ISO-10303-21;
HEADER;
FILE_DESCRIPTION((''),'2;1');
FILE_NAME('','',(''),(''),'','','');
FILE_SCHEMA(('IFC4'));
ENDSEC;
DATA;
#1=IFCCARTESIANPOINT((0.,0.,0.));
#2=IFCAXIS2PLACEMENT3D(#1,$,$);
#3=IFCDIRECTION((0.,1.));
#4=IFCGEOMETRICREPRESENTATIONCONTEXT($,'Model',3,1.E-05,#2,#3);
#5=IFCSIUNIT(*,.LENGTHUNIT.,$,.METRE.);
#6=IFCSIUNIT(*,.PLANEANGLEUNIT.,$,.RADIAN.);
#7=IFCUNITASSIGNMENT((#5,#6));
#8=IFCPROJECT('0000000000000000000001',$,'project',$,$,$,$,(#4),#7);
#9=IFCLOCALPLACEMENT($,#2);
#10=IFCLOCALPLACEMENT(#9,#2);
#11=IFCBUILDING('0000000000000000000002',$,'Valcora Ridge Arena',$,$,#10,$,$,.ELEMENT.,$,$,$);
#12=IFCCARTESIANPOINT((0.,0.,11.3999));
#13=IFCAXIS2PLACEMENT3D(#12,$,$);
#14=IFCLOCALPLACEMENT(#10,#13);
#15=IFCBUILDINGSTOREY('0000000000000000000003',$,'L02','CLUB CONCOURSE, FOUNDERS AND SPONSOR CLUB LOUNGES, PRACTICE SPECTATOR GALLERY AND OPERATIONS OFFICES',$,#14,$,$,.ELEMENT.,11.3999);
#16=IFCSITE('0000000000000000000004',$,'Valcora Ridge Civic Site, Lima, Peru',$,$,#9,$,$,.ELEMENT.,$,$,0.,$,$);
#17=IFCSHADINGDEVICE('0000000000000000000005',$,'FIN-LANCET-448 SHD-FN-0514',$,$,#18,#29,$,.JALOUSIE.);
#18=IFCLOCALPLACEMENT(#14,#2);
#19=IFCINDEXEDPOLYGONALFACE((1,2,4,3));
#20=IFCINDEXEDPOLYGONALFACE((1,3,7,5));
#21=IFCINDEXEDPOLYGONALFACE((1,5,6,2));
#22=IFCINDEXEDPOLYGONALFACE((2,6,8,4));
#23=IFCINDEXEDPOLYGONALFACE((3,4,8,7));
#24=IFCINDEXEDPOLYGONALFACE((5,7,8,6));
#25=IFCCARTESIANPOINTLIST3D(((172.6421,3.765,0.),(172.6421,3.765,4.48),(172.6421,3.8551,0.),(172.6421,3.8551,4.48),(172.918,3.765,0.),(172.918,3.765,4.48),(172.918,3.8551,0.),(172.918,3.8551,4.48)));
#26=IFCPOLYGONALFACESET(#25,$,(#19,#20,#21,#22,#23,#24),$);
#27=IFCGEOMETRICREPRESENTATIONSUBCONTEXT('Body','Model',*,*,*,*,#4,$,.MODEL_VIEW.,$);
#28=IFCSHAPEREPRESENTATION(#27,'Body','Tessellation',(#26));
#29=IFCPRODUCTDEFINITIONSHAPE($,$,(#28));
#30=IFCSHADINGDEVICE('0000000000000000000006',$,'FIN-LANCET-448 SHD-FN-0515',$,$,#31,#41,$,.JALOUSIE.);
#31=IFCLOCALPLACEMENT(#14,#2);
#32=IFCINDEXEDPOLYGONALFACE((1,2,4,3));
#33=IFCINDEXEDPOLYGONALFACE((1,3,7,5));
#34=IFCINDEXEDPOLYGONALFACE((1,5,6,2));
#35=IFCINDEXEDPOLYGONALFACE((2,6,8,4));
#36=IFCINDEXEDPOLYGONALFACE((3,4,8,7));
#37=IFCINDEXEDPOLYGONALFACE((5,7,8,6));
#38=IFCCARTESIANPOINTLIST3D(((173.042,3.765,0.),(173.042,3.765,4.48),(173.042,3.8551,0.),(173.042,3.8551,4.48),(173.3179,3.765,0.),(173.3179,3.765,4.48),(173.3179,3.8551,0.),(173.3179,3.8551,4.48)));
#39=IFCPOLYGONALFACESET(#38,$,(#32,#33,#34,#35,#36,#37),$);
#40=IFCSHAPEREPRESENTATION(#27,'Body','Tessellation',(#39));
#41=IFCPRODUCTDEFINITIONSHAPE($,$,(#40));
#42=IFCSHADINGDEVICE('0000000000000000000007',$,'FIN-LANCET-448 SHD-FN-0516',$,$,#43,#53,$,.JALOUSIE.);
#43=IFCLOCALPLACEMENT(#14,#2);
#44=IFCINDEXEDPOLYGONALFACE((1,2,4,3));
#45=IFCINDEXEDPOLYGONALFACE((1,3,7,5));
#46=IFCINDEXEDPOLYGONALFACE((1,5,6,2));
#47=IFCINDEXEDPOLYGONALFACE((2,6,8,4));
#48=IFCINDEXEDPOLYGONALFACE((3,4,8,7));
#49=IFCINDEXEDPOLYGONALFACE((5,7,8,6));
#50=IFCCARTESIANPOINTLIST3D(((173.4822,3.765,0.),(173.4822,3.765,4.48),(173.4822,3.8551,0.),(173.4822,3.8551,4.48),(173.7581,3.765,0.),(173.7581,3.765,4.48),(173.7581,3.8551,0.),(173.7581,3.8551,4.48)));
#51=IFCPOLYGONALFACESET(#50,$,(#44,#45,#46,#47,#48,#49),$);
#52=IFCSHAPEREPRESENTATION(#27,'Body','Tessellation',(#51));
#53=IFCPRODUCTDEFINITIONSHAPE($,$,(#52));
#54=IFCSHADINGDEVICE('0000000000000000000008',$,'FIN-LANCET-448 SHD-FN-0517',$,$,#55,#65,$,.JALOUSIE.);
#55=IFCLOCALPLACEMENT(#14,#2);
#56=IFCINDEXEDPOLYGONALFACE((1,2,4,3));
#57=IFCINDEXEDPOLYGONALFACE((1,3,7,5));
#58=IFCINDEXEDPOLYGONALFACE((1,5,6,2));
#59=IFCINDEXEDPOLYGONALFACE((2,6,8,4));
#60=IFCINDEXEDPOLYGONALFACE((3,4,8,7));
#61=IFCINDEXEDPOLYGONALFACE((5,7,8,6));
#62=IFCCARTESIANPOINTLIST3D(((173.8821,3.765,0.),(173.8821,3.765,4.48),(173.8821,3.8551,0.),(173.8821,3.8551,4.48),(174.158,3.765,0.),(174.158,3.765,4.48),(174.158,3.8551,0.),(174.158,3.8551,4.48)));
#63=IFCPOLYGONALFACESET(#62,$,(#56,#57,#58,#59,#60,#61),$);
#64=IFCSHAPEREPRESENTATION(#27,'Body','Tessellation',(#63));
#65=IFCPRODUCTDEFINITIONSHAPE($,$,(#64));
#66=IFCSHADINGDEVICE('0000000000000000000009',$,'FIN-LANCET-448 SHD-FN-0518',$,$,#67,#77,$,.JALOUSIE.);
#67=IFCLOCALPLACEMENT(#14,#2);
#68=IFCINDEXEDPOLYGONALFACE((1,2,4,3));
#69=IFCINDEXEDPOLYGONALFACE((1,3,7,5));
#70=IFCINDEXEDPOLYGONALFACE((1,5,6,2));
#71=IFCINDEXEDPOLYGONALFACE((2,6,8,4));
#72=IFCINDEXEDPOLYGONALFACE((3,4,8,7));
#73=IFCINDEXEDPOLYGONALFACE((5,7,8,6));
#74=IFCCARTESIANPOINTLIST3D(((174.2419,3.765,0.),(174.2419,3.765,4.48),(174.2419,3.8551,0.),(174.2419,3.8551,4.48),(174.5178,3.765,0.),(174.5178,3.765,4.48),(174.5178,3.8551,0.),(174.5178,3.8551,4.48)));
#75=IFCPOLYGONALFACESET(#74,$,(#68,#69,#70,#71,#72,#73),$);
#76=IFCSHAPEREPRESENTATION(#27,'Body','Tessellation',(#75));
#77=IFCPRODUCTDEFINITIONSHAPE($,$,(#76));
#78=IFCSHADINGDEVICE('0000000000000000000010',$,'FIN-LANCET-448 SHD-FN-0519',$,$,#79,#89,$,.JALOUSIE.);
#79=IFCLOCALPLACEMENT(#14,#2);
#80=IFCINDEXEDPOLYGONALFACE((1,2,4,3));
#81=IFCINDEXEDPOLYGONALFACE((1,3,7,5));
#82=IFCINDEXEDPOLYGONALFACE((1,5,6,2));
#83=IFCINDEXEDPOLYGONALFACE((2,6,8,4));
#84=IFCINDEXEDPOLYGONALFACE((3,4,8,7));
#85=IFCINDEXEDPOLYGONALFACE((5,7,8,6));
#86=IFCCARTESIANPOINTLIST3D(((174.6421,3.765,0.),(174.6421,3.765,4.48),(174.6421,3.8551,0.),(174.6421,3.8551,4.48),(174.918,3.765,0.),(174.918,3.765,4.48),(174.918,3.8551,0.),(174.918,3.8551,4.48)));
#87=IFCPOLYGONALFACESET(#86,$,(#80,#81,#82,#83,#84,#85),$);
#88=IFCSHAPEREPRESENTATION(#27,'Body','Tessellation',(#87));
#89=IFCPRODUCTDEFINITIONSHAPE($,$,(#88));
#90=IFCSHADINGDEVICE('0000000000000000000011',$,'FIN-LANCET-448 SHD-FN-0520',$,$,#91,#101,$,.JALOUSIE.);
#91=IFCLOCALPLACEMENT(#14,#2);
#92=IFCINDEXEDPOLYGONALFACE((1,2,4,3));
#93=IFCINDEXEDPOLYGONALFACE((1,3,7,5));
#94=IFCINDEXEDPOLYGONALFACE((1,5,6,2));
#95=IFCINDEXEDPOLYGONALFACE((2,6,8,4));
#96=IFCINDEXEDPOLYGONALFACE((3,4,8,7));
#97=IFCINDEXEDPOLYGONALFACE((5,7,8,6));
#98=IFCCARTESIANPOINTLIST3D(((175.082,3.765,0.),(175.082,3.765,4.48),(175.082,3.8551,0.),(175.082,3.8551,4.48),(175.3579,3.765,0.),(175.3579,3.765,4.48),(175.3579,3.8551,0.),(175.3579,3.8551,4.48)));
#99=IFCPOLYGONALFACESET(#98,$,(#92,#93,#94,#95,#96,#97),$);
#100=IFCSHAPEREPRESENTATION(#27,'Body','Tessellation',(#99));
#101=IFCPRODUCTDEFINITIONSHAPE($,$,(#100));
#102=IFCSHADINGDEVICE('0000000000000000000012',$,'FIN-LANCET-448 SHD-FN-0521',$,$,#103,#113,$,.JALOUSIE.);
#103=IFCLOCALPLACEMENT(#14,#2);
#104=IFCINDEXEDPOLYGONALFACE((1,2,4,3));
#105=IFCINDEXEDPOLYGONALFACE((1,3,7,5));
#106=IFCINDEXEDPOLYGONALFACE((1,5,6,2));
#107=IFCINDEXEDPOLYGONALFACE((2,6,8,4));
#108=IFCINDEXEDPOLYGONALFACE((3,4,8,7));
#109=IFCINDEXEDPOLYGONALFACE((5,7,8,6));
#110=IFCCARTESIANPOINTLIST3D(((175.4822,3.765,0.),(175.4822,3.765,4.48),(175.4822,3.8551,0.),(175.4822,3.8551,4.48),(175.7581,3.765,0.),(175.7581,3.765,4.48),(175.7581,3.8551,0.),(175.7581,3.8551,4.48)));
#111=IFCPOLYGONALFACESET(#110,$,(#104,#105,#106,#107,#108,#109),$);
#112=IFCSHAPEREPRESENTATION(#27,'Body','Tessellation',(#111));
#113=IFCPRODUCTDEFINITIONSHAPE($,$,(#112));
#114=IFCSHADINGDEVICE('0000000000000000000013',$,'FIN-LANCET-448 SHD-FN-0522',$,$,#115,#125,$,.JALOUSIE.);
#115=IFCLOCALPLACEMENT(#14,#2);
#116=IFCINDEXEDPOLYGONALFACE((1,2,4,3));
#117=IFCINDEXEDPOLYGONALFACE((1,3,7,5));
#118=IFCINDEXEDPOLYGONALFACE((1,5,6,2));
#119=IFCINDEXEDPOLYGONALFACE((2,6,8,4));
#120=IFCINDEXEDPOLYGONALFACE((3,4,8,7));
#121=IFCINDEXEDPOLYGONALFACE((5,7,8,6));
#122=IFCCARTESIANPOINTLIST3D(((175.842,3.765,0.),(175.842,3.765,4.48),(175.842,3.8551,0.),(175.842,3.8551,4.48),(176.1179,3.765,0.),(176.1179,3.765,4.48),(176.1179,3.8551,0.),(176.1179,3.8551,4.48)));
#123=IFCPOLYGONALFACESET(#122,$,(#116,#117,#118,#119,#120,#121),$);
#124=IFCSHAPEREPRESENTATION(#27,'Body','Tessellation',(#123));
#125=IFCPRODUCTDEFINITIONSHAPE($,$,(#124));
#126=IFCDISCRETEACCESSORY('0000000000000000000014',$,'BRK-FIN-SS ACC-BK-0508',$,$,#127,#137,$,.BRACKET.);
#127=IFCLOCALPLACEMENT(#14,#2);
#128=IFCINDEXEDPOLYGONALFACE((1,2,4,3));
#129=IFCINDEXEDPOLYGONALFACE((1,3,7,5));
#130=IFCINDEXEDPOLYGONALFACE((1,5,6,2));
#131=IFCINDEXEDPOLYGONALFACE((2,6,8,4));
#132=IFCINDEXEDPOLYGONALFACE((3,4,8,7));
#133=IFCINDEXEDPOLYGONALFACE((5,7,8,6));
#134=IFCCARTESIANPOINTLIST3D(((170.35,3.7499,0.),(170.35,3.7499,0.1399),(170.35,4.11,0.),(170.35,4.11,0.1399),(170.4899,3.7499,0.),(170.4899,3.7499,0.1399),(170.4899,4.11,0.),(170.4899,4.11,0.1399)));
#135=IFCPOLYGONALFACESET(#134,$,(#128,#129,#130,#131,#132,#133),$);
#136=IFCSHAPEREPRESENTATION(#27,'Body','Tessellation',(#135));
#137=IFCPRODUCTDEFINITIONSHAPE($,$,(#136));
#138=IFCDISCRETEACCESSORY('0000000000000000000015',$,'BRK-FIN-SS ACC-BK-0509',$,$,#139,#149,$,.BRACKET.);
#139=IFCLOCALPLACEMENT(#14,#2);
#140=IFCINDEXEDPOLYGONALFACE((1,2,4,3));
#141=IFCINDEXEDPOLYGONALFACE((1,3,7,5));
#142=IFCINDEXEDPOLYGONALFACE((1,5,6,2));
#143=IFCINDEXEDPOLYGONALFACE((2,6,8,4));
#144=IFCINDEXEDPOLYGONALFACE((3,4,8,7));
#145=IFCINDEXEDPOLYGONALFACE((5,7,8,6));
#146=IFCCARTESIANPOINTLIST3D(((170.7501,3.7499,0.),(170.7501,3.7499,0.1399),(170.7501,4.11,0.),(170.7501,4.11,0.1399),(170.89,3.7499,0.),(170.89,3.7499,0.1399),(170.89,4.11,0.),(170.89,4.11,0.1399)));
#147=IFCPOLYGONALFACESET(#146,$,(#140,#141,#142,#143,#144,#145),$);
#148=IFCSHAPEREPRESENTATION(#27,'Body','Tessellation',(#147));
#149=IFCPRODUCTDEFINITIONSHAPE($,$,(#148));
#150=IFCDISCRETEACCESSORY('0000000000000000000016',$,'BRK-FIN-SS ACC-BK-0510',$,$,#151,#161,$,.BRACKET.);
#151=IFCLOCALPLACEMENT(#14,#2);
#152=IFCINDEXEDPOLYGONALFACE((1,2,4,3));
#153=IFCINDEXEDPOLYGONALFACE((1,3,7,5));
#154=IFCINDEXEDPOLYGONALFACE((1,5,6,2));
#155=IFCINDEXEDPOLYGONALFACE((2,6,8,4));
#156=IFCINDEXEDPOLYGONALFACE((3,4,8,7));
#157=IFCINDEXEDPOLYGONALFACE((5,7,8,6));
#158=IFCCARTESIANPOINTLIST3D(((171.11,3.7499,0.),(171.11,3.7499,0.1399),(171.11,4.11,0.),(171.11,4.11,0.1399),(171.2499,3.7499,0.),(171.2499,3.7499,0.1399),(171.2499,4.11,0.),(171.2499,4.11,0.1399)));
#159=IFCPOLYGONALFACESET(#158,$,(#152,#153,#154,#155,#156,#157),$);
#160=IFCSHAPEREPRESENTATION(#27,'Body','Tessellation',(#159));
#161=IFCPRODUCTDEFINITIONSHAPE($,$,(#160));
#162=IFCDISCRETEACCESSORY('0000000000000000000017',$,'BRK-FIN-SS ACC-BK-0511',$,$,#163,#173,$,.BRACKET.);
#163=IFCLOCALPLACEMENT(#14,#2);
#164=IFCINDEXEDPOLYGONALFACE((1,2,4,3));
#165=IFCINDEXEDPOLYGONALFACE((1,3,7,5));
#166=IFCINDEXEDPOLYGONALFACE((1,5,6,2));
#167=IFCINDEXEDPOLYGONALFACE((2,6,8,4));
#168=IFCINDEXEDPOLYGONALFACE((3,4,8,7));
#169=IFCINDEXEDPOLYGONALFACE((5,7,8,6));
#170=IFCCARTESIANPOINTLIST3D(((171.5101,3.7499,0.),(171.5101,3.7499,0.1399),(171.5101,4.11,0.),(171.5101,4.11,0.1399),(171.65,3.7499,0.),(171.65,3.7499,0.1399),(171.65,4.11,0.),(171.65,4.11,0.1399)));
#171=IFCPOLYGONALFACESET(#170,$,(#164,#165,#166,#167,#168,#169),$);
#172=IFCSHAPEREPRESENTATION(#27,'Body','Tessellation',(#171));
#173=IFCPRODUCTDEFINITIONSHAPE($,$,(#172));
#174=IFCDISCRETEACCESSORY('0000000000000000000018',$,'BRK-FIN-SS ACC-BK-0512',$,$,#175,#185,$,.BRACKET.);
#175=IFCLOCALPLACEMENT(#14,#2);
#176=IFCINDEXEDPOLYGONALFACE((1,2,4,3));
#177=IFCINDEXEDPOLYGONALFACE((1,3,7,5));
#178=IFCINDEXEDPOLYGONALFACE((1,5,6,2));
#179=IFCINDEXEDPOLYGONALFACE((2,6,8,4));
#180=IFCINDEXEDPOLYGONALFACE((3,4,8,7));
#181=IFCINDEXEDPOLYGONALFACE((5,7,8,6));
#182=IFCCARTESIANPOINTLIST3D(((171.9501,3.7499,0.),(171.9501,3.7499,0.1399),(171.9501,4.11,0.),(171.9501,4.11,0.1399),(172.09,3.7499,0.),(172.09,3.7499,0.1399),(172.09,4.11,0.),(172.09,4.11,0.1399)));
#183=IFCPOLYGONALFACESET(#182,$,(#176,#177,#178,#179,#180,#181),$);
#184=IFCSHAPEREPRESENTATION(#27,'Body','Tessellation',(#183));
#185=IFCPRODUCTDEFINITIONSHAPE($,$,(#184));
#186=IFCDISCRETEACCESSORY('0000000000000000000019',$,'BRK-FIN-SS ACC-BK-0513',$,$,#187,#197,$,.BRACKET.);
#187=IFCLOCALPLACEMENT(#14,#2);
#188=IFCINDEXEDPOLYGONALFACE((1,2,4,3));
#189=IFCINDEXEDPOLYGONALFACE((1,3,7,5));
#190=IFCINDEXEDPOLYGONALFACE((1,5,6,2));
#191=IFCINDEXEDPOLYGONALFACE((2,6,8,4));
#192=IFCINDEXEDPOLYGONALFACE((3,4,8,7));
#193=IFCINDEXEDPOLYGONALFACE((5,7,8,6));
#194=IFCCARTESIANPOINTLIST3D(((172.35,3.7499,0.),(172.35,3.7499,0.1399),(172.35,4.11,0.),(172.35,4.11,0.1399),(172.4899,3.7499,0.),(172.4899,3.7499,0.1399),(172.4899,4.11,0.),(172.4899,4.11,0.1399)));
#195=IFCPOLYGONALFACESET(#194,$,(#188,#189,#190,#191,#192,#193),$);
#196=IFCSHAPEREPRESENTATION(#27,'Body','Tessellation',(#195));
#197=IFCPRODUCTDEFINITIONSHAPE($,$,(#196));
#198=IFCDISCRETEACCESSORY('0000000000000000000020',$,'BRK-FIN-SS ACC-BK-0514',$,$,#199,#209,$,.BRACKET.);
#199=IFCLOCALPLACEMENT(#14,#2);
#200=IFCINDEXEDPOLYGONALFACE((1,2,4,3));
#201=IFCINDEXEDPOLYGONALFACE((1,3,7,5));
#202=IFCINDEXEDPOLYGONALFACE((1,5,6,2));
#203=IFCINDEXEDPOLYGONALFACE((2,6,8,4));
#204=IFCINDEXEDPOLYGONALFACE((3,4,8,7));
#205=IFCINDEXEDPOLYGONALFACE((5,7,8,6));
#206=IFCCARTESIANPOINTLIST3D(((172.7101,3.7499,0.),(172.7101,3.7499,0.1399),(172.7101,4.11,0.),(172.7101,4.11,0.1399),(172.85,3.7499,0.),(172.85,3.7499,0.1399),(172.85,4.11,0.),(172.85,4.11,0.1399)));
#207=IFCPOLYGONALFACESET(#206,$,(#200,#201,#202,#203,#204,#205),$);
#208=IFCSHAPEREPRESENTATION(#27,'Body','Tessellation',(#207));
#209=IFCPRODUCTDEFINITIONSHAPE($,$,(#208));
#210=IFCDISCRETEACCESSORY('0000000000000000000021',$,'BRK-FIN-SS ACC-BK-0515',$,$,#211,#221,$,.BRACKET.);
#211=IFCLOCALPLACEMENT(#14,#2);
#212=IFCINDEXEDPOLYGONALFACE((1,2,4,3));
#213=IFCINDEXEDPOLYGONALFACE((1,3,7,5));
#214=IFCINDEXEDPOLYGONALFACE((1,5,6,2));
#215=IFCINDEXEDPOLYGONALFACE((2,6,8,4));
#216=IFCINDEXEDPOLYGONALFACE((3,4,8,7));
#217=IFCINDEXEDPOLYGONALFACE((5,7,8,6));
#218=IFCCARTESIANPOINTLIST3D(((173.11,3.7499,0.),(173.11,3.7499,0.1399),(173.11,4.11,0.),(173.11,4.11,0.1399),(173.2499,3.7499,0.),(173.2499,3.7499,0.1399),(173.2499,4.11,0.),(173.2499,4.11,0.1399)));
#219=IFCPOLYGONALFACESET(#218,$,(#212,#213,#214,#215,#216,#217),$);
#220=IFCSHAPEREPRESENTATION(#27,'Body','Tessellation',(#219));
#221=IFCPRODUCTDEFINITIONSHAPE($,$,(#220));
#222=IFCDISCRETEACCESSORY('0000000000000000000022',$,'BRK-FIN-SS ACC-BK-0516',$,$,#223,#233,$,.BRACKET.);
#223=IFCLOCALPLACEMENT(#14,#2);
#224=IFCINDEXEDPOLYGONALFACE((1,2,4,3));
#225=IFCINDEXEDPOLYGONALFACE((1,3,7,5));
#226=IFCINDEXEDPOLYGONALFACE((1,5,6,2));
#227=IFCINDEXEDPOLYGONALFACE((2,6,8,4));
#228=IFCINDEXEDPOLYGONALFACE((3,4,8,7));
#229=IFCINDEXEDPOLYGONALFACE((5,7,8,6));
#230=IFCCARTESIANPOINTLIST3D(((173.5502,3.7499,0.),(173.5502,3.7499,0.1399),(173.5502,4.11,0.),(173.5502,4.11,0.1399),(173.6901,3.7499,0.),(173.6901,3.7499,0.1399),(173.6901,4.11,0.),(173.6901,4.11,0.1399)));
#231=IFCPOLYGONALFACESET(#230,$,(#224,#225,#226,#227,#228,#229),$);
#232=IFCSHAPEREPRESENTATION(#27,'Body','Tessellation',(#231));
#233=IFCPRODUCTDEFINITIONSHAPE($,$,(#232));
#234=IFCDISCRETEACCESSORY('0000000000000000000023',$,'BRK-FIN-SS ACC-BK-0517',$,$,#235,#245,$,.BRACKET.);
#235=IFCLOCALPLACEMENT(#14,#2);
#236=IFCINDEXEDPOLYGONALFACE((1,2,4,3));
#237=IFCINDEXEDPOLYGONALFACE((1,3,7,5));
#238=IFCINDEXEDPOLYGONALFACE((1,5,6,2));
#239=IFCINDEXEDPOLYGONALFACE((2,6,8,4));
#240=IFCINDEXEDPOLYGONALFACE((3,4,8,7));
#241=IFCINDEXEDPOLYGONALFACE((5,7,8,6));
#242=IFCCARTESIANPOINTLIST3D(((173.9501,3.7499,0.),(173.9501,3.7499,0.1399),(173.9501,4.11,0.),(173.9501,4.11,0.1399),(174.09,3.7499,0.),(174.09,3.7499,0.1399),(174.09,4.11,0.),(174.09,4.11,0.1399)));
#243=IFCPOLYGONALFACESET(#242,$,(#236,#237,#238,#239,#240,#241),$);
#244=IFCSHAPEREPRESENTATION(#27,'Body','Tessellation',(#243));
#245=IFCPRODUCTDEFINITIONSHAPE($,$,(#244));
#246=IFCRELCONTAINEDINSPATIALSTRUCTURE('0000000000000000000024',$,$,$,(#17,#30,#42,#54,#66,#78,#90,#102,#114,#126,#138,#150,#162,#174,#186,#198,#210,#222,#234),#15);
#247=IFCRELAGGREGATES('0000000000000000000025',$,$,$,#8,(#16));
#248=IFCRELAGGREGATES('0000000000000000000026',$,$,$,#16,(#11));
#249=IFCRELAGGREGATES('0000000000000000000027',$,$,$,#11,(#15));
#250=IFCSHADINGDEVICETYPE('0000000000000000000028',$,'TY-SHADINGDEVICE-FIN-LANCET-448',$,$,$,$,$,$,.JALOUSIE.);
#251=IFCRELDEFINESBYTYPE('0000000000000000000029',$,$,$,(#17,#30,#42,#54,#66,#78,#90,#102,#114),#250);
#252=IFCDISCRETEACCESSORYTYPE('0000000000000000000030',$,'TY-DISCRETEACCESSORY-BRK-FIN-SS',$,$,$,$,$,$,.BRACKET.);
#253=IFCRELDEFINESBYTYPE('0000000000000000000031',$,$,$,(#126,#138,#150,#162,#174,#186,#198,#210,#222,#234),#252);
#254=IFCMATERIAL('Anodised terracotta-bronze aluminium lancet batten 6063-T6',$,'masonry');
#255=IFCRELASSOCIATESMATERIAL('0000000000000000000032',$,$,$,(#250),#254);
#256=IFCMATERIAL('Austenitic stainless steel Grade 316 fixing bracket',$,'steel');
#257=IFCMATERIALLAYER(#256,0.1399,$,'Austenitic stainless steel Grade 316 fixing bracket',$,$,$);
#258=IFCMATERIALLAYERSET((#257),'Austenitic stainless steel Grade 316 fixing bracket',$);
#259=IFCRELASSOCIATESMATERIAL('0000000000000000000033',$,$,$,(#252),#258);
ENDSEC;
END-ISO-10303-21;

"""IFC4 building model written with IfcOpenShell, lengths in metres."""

from ifc_helpers import new_model, si_unit, direction, frame, origin, origin_2d, place, context, subcontext, project, spatial, rectangle, extrude, material, layer, layer_set, material_profile, profile_set, type_object, element, save


model = new_model("IFC4")

# Units and contexts
model_context = context("Model", 3, precision=1e-05, world=origin(), true_north=direction((0.0, 1.0)))
body_context = subcontext(model_context, "Body", "Model", "MODEL_VIEW")
ifc_project = project(units=[si_unit("LENGTHUNIT", "METRE"), si_unit("PLANEANGLEUNIT", "RADIAN")], contexts=[model_context])

# Site, building, storey
site_placement = place(None, origin())
site = spatial("IfcSite", under=ifc_project, at=site_placement, Name="Valcora Ridge Civic Site, Lima, Peru", CompositionType="ELEMENT", RefElevation=0.0)
building_placement = place(site_placement, origin())
building = spatial("IfcBuilding", under=site, at=building_placement, Name="Valcora Ridge Arena", CompositionType="ELEMENT")
storey_placement = place(building_placement, frame((0.0, 0.0, 11.3999)))
storey = spatial("IfcBuildingStorey", under=building, at=storey_placement, Name="L02", Description="CLUB CONCOURSE, FOUNDERS AND SPONSOR CLUB LOUNGES, PRACTICE SPECTATOR GALLERY AND OPERATIONS OFFICES", CompositionType="ELEMENT", Elevation=11.3999)

# Shading devices
ifc_material_1 = material(Name="Anodised terracotta-bronze aluminium lancet batten 6063-T6", Category="masonry")
ifc_material_profile_1 = material_profile(ifc_material_1, rectangle(XDim=0.0901, YDim=0.2759, at=origin_2d()), Name="ALU LANCET BATTEN 90x276")
ifc_profile_set_1 = profile_set([ifc_material_profile_1], Name="Anodised terracotta-bronze aluminium lancet batten 6063-T6")
shading_device_type = type_object("IfcShadingDeviceType", Name="TY-SHADINGDEVICE-FIN-LANCET-448", PredefinedType="JALOUSIE", material=ifc_profile_set_1)
for number, where, z_axis, x_axis, name in (
    (1, (172.78, 3.8101, 0.0), (0.0, 0.0, 1.0), (0.0, 1.0, 0.0), "FIN-LANCET-448 SHD-FN-0514"),
    (2, (173.1799, 3.8101, 0.0), (0.0, 0.0, 1.0), (0.0, 1.0, 0.0), "FIN-LANCET-448 SHD-FN-0515"),
    (3, (173.6201, 3.8101, 0.0), (0.0, 0.0, 1.0), (0.0, 1.0, 0.0), "FIN-LANCET-448 SHD-FN-0516"),
    (4, (174.02, 3.8101, 0.0), (0.0, 0.0, 1.0), (0.0, 1.0, 0.0), "FIN-LANCET-448 SHD-FN-0517"),
    (5, (174.3799, 3.8101, 0.0), (0.0, 0.0, 1.0), (0.0, 1.0, 0.0), "FIN-LANCET-448 SHD-FN-0518"),
    (6, (174.78, 3.8101, 0.0), (0.0, 0.0, 1.0), (0.0, 1.0, 0.0), "FIN-LANCET-448 SHD-FN-0519"),
    (7, (175.22, 3.8101, 0.0), (0.0, 0.0, 1.0), (0.0, 1.0, 0.0), "FIN-LANCET-448 SHD-FN-0520"),
    (8, (175.6201, 3.8101, 0.0), (0.0, 0.0, 1.0), (0.0, 1.0, 0.0), "FIN-LANCET-448 SHD-FN-0521"),
    (9, (175.98, 3.8101, 0.0), (0.0, 0.0, 1.0), (0.0, 1.0, 0.0), "FIN-LANCET-448 SHD-FN-0522"),
):
    element("IfcShadingDevice", number, at=place(storey_placement, frame(where, z_axis=z_axis, x_axis=x_axis)), inside=storey, type_object=shading_device_type, Name=name, PredefinedType="JALOUSIE", context=body_context, shape_type="SweptSolid", body=[
        extrude(rectangle(XDim=0.0901, YDim=0.2759, at=origin_2d()), origin(), (0.0, 0.0, 1.0), 4.48),
    ])

# Discrete accessories
ifc_material_2 = material(Name="Austenitic stainless steel Grade 316 fixing bracket", Category="steel")
ifc_layer_1 = layer(ifc_material_2, 0.1399, Name="Austenitic stainless steel Grade 316 fixing bracket")
ifc_layer_set_1 = layer_set([ifc_layer_1], Name="Austenitic stainless steel Grade 316 fixing bracket")
discrete_accessory_type = type_object("IfcDiscreteAccessoryType", Name="TY-DISCRETEACCESSORY-BRK-FIN-SS", PredefinedType="BRACKET", material=ifc_layer_set_1)
for number, where, z_axis, x_axis, name in (
    (10, (170.4199, 3.9299, 0.0), (0.0, 0.0, 1.0), (0.0, 1.0, 0.0), "BRK-FIN-SS ACC-BK-0508"),
    (11, (170.8201, 3.9299, 0.0), (0.0, 0.0, 1.0), (0.0, 1.0, 0.0), "BRK-FIN-SS ACC-BK-0509"),
    (12, (171.1799, 3.9299, 0.0), (0.0, 0.0, 1.0), (0.0, 1.0, 0.0), "BRK-FIN-SS ACC-BK-0510"),
    (13, (171.5801, 3.9299, 0.0), (0.0, 0.0, 1.0), (0.0, 1.0, 0.0), "BRK-FIN-SS ACC-BK-0511"),
    (14, (172.02, 3.9299, 0.0), (0.0, 0.0, 1.0), (0.0, 1.0, 0.0), "BRK-FIN-SS ACC-BK-0512"),
    (15, (172.4199, 3.9299, 0.0), (0.0, 0.0, 1.0), (0.0, 1.0, 0.0), "BRK-FIN-SS ACC-BK-0513"),
    (16, (172.78, 3.9299, 0.0), (0.0, 0.0, 1.0), (0.0, 1.0, 0.0), "BRK-FIN-SS ACC-BK-0514"),
    (17, (173.1799, 3.9299, 0.0), (0.0, 0.0, 1.0), (0.0, 1.0, 0.0), "BRK-FIN-SS ACC-BK-0515"),
    (18, (173.6201, 3.9299, 0.0), (0.0, 0.0, 1.0), (0.0, 1.0, 0.0), "BRK-FIN-SS ACC-BK-0516"),
    (19, (174.02, 3.9299, 0.0), (0.0, 0.0, 1.0), (0.0, 1.0, 0.0), "BRK-FIN-SS ACC-BK-0517"),
):
    element("IfcDiscreteAccessory", number, at=place(storey_placement, frame(where, z_axis=z_axis, x_axis=x_axis)), inside=storey, type_object=discrete_accessory_type, Name=name, PredefinedType="BRACKET", context=body_context, shape_type="SweptSolid", body=[
        extrude(rectangle(XDim=0.3601, YDim=0.1399, at=origin_2d()), origin(), (0.0, 0.0, 1.0), 0.1399),
    ])

save(model, "model.ifc")
